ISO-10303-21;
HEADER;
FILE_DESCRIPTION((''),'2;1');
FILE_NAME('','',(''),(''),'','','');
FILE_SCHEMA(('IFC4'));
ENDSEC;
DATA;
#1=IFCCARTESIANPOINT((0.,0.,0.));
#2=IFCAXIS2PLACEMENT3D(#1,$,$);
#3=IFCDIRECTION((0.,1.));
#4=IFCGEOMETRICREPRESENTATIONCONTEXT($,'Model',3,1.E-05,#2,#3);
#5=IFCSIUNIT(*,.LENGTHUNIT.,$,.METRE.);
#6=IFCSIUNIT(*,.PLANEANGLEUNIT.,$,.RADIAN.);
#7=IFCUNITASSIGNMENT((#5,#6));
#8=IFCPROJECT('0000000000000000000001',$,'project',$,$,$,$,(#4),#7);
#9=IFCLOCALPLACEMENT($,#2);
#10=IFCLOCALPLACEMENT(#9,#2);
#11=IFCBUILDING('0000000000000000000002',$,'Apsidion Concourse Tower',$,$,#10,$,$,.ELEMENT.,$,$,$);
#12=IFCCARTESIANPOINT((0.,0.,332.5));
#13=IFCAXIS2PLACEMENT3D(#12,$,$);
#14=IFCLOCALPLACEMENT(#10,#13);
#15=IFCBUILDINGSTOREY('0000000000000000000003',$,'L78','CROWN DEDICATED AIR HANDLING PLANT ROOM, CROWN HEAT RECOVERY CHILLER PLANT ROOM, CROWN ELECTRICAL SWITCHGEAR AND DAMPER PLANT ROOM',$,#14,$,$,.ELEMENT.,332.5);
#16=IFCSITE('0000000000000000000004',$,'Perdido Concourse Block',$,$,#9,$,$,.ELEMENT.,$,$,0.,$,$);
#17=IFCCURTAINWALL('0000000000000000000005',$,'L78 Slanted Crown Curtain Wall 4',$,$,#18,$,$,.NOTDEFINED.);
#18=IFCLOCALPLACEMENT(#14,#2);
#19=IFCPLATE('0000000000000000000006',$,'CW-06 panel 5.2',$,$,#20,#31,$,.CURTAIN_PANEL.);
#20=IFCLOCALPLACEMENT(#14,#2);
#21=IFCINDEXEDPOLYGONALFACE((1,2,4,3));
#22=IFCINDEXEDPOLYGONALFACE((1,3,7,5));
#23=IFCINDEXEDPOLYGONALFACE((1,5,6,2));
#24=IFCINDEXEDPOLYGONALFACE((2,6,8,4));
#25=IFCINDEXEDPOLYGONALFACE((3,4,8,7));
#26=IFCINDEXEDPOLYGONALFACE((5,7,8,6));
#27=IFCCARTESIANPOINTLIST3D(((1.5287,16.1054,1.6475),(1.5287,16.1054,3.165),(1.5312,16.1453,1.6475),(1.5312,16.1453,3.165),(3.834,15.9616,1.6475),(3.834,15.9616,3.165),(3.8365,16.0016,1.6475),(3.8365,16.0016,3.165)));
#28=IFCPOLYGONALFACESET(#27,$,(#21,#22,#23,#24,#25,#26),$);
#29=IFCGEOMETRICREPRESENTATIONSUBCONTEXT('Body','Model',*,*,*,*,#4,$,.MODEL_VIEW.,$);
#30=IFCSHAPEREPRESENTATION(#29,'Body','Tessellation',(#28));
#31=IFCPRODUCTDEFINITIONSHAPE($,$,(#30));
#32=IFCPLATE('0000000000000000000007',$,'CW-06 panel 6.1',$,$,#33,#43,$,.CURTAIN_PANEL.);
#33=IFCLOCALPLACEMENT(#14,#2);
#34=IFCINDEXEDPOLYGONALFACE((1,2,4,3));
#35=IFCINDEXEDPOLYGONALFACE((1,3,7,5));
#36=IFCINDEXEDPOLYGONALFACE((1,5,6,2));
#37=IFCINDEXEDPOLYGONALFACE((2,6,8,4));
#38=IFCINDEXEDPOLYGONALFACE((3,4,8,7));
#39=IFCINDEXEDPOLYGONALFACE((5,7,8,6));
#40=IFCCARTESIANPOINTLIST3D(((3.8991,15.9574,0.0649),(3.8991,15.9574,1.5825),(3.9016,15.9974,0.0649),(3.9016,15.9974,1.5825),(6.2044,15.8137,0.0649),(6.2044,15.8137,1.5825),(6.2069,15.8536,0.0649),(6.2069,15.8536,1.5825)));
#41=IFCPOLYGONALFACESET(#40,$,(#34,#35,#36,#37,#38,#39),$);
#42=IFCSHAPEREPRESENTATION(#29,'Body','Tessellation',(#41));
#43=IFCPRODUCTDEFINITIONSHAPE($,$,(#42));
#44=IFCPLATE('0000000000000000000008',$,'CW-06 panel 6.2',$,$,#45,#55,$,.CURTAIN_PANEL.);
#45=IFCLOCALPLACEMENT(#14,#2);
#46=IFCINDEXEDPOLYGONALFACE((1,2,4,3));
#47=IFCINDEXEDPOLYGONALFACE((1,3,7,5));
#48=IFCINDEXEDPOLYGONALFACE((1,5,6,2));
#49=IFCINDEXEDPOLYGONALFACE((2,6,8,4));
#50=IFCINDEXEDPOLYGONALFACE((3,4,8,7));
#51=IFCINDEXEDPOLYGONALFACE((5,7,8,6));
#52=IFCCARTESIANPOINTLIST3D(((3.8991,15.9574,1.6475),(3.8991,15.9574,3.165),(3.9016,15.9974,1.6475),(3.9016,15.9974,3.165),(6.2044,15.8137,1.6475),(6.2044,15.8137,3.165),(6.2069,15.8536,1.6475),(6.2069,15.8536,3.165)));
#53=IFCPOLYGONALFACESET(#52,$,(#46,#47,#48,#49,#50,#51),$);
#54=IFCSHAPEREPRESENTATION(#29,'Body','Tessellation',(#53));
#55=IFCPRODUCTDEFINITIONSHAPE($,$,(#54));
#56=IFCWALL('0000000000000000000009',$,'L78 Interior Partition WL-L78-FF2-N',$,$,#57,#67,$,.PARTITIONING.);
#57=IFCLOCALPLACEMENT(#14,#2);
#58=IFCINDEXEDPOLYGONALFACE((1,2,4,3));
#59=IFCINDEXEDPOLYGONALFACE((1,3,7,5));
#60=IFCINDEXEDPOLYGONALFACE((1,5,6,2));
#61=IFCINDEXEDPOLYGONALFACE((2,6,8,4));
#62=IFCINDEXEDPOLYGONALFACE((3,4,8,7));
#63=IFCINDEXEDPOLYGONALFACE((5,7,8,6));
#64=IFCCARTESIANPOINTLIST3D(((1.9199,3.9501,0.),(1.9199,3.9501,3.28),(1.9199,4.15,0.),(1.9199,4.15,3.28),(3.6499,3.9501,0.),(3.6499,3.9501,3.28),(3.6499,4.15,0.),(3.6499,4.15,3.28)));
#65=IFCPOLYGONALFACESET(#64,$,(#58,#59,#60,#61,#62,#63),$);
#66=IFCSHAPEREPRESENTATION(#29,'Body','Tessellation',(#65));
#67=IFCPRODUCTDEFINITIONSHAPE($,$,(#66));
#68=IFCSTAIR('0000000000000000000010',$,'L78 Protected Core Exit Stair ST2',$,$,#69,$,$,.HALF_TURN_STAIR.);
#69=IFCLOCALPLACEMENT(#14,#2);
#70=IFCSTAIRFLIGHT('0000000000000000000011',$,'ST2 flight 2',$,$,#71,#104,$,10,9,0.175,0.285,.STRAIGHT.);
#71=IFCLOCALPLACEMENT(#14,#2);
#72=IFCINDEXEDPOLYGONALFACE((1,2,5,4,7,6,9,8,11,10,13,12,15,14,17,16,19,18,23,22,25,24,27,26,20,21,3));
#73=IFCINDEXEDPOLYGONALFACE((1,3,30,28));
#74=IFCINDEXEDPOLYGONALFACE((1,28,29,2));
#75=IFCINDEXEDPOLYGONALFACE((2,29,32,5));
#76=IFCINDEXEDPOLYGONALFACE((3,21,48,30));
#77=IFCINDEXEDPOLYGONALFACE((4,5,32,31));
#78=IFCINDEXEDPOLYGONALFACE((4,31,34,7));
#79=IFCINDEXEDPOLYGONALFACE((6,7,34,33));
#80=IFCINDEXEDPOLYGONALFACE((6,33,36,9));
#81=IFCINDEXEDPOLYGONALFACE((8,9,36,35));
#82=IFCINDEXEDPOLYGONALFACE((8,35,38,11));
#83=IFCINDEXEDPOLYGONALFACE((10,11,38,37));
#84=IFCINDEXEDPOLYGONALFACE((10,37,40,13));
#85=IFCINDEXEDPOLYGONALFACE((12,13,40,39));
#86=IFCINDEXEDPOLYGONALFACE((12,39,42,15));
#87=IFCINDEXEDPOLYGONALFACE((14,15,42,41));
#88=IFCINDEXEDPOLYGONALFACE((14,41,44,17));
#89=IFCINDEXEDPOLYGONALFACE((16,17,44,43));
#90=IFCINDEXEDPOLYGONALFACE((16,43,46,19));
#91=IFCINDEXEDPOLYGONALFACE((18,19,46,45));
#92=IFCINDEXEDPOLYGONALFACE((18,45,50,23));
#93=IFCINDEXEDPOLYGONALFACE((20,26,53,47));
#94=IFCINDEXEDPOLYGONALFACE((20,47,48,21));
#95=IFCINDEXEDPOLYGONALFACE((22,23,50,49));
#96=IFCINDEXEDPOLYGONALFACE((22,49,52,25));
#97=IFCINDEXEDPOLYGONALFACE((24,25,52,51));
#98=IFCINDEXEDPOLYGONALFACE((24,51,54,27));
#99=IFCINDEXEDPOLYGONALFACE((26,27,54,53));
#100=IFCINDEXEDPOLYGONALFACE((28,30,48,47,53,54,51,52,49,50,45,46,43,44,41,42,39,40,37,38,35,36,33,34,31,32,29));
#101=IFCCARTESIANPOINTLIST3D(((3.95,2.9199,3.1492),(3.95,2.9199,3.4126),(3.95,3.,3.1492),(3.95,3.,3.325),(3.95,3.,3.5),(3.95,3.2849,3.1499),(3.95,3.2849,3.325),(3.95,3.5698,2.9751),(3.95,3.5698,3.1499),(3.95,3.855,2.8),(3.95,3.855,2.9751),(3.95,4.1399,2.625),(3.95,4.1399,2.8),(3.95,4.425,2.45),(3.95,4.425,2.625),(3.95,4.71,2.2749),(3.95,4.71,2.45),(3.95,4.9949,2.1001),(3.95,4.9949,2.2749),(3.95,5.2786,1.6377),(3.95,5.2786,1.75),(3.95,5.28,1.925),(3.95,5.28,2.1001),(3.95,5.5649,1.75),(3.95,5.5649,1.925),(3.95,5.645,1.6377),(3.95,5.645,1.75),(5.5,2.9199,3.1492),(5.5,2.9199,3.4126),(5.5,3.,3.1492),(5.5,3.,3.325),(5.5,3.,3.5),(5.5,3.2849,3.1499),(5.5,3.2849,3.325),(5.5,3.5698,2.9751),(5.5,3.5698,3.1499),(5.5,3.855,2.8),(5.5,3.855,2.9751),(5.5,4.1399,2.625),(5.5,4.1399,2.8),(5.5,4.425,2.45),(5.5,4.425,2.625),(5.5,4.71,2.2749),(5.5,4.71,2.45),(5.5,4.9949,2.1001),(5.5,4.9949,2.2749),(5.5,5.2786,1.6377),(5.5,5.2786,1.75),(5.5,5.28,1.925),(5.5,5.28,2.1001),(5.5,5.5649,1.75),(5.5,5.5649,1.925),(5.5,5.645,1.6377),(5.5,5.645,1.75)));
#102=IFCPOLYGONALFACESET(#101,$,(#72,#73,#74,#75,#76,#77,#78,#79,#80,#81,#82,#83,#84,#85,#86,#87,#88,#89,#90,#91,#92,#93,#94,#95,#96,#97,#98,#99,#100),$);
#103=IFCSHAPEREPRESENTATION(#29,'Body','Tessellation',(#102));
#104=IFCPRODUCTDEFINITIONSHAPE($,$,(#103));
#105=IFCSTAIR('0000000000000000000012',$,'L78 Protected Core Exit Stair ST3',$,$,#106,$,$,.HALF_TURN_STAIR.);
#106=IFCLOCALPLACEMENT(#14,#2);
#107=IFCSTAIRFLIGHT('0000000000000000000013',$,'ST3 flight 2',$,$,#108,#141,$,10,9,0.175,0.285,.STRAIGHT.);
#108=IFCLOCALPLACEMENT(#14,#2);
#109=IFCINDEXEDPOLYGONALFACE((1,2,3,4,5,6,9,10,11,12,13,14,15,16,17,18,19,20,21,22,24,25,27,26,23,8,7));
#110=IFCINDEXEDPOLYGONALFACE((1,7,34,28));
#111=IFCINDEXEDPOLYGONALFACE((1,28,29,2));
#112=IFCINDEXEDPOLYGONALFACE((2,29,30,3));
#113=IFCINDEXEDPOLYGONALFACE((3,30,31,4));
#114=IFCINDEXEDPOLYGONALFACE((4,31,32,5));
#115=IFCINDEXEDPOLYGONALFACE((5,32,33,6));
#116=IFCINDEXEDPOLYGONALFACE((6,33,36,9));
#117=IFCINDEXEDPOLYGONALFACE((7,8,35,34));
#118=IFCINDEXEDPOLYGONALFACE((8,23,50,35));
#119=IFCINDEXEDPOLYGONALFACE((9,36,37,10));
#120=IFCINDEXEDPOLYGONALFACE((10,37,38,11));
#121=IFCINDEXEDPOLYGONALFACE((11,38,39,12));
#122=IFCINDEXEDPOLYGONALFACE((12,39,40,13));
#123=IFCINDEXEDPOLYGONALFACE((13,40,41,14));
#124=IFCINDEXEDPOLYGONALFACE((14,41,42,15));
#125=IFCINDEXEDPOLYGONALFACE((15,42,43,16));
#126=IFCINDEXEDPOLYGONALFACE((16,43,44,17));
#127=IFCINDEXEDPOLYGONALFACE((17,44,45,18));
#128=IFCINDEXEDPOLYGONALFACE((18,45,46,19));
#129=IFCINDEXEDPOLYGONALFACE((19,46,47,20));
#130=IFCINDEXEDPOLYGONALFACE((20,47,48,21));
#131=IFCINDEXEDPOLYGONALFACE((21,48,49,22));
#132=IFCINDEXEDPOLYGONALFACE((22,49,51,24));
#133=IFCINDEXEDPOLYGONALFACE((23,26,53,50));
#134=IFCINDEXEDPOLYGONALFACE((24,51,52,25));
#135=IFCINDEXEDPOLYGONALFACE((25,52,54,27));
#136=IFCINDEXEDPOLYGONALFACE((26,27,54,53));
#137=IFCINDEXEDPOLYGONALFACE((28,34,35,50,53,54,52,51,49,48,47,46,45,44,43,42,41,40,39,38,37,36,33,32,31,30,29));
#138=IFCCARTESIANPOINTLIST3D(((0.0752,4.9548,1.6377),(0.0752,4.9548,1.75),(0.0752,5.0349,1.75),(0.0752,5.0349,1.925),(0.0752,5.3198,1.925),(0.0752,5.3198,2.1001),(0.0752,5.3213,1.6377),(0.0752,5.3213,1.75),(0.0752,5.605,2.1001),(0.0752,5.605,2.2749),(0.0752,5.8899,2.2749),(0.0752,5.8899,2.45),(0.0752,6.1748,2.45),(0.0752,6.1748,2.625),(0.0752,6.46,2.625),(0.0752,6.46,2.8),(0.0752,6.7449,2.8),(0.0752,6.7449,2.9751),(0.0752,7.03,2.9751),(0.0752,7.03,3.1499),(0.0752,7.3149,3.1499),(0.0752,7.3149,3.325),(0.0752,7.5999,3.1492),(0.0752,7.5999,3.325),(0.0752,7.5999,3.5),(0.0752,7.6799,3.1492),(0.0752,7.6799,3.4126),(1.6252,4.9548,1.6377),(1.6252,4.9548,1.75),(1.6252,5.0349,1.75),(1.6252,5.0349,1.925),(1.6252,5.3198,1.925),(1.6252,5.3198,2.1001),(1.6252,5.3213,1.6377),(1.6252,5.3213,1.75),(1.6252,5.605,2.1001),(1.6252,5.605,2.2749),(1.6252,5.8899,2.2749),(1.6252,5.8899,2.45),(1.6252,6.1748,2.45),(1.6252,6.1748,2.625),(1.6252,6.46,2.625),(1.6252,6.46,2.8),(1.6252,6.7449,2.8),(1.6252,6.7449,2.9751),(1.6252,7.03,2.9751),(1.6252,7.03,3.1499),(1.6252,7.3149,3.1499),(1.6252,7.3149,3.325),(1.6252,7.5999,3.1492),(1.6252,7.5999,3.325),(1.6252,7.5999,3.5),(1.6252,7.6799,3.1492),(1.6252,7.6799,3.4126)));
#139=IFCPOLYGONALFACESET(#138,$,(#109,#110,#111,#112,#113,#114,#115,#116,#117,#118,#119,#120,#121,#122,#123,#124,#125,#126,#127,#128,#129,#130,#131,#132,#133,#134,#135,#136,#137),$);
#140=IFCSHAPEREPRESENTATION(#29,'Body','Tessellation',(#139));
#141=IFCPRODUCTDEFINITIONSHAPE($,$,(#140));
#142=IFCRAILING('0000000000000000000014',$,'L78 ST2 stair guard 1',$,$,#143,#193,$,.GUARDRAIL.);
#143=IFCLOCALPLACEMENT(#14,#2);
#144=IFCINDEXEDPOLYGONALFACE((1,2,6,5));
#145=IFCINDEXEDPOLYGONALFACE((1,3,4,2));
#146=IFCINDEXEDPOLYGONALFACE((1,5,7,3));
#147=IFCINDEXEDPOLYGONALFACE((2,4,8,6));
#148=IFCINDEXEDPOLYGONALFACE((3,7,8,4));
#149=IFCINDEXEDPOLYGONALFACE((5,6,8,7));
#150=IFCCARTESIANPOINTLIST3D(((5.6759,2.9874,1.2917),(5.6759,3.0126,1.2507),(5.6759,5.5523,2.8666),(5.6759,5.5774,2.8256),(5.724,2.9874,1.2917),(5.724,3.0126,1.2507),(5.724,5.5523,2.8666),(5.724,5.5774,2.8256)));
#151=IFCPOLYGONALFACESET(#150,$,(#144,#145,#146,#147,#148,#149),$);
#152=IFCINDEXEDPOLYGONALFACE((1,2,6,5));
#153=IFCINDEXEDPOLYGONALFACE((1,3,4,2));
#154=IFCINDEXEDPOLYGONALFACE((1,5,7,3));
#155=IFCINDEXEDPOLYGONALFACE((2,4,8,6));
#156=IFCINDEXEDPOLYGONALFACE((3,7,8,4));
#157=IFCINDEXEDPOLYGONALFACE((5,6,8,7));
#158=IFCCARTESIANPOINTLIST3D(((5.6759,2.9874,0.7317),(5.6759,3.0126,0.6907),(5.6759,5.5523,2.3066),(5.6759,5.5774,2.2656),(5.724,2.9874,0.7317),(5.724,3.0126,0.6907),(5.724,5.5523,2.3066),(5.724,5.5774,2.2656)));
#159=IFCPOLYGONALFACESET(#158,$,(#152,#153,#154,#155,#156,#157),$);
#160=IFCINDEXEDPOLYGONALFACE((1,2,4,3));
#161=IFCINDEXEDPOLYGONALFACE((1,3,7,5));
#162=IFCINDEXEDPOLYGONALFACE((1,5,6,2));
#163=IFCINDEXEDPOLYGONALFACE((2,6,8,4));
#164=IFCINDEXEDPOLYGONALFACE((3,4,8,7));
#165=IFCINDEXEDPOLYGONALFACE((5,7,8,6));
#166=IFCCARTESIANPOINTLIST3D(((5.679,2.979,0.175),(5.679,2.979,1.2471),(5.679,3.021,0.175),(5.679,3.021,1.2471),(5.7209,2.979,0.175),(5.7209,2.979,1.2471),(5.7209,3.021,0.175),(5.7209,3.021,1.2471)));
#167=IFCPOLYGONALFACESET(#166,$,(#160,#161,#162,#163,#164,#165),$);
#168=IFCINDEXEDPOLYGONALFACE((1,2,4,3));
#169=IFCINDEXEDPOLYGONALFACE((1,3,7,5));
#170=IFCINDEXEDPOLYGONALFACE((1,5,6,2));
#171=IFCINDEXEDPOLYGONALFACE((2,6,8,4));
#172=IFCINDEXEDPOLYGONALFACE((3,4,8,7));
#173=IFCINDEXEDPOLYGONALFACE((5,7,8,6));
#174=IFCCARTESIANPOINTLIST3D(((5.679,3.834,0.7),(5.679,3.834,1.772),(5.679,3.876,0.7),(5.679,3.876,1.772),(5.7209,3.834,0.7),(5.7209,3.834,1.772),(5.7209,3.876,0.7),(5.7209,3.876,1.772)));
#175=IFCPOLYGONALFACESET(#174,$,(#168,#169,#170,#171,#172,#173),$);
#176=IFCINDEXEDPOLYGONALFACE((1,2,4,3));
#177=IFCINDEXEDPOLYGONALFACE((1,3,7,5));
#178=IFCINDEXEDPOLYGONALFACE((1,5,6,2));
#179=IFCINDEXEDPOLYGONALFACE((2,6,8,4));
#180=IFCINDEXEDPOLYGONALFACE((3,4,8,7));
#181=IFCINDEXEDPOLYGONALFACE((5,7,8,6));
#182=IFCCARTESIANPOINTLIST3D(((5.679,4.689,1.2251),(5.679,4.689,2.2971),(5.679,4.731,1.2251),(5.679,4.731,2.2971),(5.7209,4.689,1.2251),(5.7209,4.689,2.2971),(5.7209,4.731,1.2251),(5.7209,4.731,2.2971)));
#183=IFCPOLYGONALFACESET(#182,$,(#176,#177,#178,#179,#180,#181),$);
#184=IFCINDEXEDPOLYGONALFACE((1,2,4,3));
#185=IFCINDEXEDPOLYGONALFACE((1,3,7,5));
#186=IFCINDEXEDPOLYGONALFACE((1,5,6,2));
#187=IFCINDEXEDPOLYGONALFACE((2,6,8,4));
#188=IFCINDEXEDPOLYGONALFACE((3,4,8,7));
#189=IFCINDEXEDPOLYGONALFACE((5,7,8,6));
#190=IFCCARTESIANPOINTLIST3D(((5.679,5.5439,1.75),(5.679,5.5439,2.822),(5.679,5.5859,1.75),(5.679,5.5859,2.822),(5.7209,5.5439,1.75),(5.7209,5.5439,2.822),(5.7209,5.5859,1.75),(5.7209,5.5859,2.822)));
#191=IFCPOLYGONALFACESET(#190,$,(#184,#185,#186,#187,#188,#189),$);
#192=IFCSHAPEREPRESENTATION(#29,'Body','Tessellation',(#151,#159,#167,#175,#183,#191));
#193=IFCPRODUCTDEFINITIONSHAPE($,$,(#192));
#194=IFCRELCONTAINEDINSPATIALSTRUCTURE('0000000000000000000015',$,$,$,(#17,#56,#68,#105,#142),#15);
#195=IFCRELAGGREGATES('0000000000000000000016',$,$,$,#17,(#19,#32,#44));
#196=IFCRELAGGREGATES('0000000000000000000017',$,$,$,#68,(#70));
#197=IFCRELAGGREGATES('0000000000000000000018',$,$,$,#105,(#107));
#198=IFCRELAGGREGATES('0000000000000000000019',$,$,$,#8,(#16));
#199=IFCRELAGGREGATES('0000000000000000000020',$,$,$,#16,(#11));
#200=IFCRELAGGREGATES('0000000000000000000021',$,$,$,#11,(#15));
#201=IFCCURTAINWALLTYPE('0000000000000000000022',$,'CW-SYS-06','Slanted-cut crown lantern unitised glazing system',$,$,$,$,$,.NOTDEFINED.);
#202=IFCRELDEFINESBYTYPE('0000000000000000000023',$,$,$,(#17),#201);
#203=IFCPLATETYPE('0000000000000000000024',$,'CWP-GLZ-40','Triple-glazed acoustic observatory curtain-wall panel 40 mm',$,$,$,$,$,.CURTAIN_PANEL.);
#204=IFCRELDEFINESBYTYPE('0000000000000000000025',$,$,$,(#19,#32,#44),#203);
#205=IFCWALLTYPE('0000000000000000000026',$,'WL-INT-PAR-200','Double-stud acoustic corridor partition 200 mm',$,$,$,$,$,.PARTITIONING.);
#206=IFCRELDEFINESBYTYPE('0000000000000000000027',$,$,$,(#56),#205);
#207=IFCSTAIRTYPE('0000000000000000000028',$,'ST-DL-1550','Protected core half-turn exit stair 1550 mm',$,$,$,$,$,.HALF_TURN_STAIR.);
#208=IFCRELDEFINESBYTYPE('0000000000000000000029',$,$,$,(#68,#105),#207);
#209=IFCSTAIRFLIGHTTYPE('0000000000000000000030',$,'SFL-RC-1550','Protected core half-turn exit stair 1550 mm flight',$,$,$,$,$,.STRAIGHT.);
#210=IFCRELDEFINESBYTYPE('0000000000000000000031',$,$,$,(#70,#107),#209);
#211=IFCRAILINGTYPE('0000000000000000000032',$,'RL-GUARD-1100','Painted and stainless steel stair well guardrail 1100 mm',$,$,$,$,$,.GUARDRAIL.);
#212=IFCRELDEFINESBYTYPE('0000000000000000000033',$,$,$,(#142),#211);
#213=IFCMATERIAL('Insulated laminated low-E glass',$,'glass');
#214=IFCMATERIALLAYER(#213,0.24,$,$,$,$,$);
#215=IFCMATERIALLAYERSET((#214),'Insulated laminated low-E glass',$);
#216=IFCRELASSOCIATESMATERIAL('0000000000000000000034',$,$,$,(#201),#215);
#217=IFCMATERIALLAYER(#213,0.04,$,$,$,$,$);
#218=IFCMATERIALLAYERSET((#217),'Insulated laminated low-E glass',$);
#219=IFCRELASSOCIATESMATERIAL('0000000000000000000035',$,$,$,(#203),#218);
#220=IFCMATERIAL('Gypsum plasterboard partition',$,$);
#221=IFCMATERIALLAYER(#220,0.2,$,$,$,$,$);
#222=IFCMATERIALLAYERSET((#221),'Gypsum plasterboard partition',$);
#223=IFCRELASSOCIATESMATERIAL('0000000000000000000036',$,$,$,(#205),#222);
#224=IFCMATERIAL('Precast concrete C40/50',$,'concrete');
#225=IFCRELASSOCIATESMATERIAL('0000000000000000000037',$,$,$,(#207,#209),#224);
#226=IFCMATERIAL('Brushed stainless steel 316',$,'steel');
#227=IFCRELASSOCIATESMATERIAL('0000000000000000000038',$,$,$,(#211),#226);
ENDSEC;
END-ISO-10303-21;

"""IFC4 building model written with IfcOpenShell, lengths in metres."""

from ifc_helpers import new_model, si_unit, direction, frame, frame_2d, origin, origin_2d, place, context, subcontext, project, spatial, polyline, rectangle, outline, extrude, material, layer, layer_set, type_object, element, aggregate, save


model = new_model("IFC4")

# Units and contexts
model_context = context("Model", 3, precision=1e-05, world=origin(), true_north=direction((0.0, 1.0)))
body_context = subcontext(model_context, "Body", "Model", "MODEL_VIEW")
ifc_project = project(units=[si_unit("LENGTHUNIT", "METRE"), si_unit("PLANEANGLEUNIT", "RADIAN")], contexts=[model_context])

# Site, building, storey
site_placement = place(None, origin())
site = spatial("IfcSite", under=ifc_project, at=site_placement, Name="Perdido Concourse Block", CompositionType="ELEMENT", RefElevation=0.0)
building_placement = place(site_placement, origin())
building = spatial("IfcBuilding", under=site, at=building_placement, Name="Apsidion Concourse Tower", CompositionType="ELEMENT")
storey_placement = place(building_placement, frame((0.0, 0.0, 332.5)))
storey = spatial("IfcBuildingStorey", under=building, at=storey_placement, Name="L78", Description="CROWN DEDICATED AIR HANDLING PLANT ROOM, CROWN HEAT RECOVERY CHILLER PLANT ROOM, CROWN ELECTRICAL SWITCHGEAR AND DAMPER PLANT ROOM", CompositionType="ELEMENT", Elevation=332.5)

# Curtain wall, plates
ifc_material_1 = material(Name="Insulated laminated low-E glass", Category="glass")
ifc_layer_1 = layer(ifc_material_1, 0.24)
ifc_layer_set_1 = layer_set([ifc_layer_1], Name="Insulated laminated low-E glass")
curtain_wall_type = type_object("IfcCurtainWallType", Name="CW-SYS-06", Description="Slanted-cut crown lantern unitised glazing system", PredefinedType="NOTDEFINED", material=ifc_layer_set_1)
curtain_wall_placement = place(storey_placement, origin())
curtain_wall = element("IfcCurtainWall", 1, at=curtain_wall_placement, inside=storey, type_object=curtain_wall_type, Name="L78 Slanted Crown Curtain Wall 4", PredefinedType="NOTDEFINED")
ifc_layer_2 = layer(ifc_material_1, 0.04)
ifc_layer_set_2 = layer_set([ifc_layer_2], Name="Insulated laminated low-E glass")
plate_type = type_object("IfcPlateType", Name="CWP-GLZ-40", Description="Triple-glazed acoustic observatory curtain-wall panel 40 mm", PredefinedType="CURTAIN_PANEL", material=ifc_layer_set_2)
plate_1_placement = place(storey_placement, frame((2.6826, 16.0535, 1.6475), z_axis=(0.0, 0.0, 1.0), x_axis=(0.998061, -0.062245, 0.0)))
plate_1 = element("IfcPlate", 2, at=plate_1_placement, type_object=plate_type, Name="CW-06 panel 5.2", PredefinedType="CURTAIN_PANEL", context=body_context, shape_type="SweptSolid", body=[
    extrude(rectangle(XDim=2.3098, YDim=0.04, at=origin_2d()), origin(), (0.0, 0.0, 1.0), 1.5176),
])
plate_2_placement = place(storey_placement, frame((5.053, 15.9055, 0.0649), z_axis=(0.0, 0.0, 1.0), x_axis=(0.998061, -0.062245, 0.0)))
plate_2 = element("IfcPlate", 3, at=plate_2_placement, type_object=plate_type, Name="CW-06 panel 6.1", PredefinedType="CURTAIN_PANEL", context=body_context, shape_type="SweptSolid", body=[
    extrude(rectangle(XDim=2.3098, YDim=0.04, at=origin_2d()), origin(), (0.0, 0.0, 1.0), 1.5176),
])
plate_3_placement = place(storey_placement, frame((5.053, 15.9055, 1.6475), z_axis=(0.0, 0.0, 1.0), x_axis=(0.998061, -0.062245, 0.0)))
plate_3 = element("IfcPlate", 4, at=plate_3_placement, type_object=plate_type, Name="CW-06 panel 6.2", PredefinedType="CURTAIN_PANEL", context=body_context, shape_type="SweptSolid", body=[
    extrude(rectangle(XDim=2.3098, YDim=0.04, at=origin_2d()), origin(), (0.0, 0.0, 1.0), 1.5176),
])
aggregate(curtain_wall, [plate_1, plate_2, plate_3])

# Wall
ifc_material_2 = material(Name="Gypsum plasterboard partition")
ifc_layer_3 = layer(ifc_material_2, 0.2)
ifc_layer_set_3 = layer_set([ifc_layer_3], Name="Gypsum plasterboard partition")
wall_type = type_object("IfcWallType", Name="WL-INT-PAR-200", Description="Double-stud acoustic corridor partition 200 mm", PredefinedType="PARTITIONING", material=ifc_layer_set_3)
wall_placement = place(storey_placement, frame((1.9199, 4.05, 0.0), z_axis=(0.0, 0.0, 1.0), x_axis=(1.0, 0.0, 0.0)))
element("IfcWall", 5, at=wall_placement, inside=storey, type_object=wall_type, Name="L78 Interior Partition WL-L78-FF2-N", PredefinedType="PARTITIONING", context=body_context, shape_type="SweptSolid", body=[
    extrude(rectangle(XDim=1.73, YDim=0.2, at=frame_2d((0.865, 0.0))), origin(), (0.0, 0.0, 1.0), 3.28),
])

# Stairs, stair flights
ifc_material_3 = material(Name="Precast concrete C40/50", Category="concrete")
stair_type = type_object("IfcStairType", Name="ST-DL-1550", Description="Protected core half-turn exit stair 1550 mm", PredefinedType="HALF_TURN_STAIR", material=ifc_material_3)
stair_1_placement = place(storey_placement, origin())
stair_1 = element("IfcStair", 6, at=stair_1_placement, inside=storey, type_object=stair_type, Name="L78 Protected Core Exit Stair ST2", PredefinedType="HALF_TURN_STAIR")
stair_flight_type = type_object("IfcStairFlightType", Name="SFL-RC-1550", Description="Protected core half-turn exit stair 1550 mm flight", PredefinedType="STRAIGHT", material=ifc_material_3)
stair_flight_1_placement = place(storey_placement, frame((4.7251, 5.5649, 1.75), z_axis=(0.0, 0.0, 1.0), x_axis=(0.0, -1.0, 0.0)))
stair_flight_1 = element("IfcStairFlight", 7, at=stair_flight_1_placement, type_object=stair_flight_type, Name="ST2 flight 2", NumberOfRisers=10, NumberOfTreads=9, PredefinedType="STRAIGHT", RiserHeight=0.175, TreadLength=0.285, context=body_context, shape_type="SweptSolid", body=[
    extrude(outline(polyline([(-0.0801, -0.1123), (-0.0801, 0.0), (0.0, 0.0), (0.0, 0.175), (0.2849, 0.175), (0.2849, 0.3501), (0.5701, 0.3501), (0.5701, 0.5249), (0.855, 0.5249), (0.855, 0.7), (1.1399, 0.7), (1.1399, 0.875), (1.425, 0.875), (1.425, 1.05), (1.71, 1.05), (1.71, 1.2251), (1.9951, 1.2251), (1.9951, 1.3999), (2.28, 1.3999), (2.28, 1.575), (2.5649, 1.575), (2.5649, 1.75), (2.645, 1.6626), (2.645, 1.3992), (2.5649, 1.3992), (0.2864, 0.0), (0.2864, -0.1123), (-0.0801, -0.1123)])), frame((0.0, 0.7749, 0.0), z_axis=(0.0, -1.0, 0.0), x_axis=(1.0, 0.0, 0.0)), (0.0, 0.0, 1.0), 1.55),
])
aggregate(stair_1, [stair_flight_1])
stair_2_placement = place(storey_placement, origin())
stair_2 = element("IfcStair", 8, at=stair_2_placement, inside=storey, type_object=stair_type, Name="L78 Protected Core Exit Stair ST3", PredefinedType="HALF_TURN_STAIR")
stair_flight_2_placement = place(storey_placement, frame((0.8501, 5.0349, 1.75), z_axis=(0.0, 0.0, 1.0), x_axis=(0.0, 1.0, 0.0)))
stair_flight_2 = element("IfcStairFlight", 9, at=stair_flight_2_placement, type_object=stair_flight_type, Name="ST3 flight 2", NumberOfRisers=10, NumberOfTreads=9, PredefinedType="STRAIGHT", RiserHeight=0.175, TreadLength=0.285, context=body_context, shape_type="SweptSolid", body=[
    extrude(outline(polyline([(-0.0801, -0.1123), (-0.0801, 0.0), (0.0, 0.0), (0.0, 0.175), (0.2849, 0.175), (0.2849, 0.3501), (0.5701, 0.3501), (0.5701, 0.5249), (0.855, 0.5249), (0.855, 0.7), (1.1399, 0.7), (1.1399, 0.875), (1.425, 0.875), (1.425, 1.05), (1.71, 1.05), (1.71, 1.2251), (1.9951, 1.2251), (1.9951, 1.3999), (2.28, 1.3999), (2.28, 1.575), (2.5649, 1.575), (2.5649, 1.75), (2.645, 1.6626), (2.645, 1.3992), (2.5649, 1.3992), (0.2864, 0.0), (0.2864, -0.1123), (-0.0801, -0.1123)])), frame((0.0, 0.7749, 0.0), z_axis=(0.0, -1.0, 0.0), x_axis=(1.0, 0.0, 0.0)), (0.0, 0.0, 1.0), 1.55),
])
aggregate(stair_2, [stair_flight_2])

# Railing
ifc_material_4 = material(Name="Brushed stainless steel 316", Category="steel")
railing_type_1 = type_object("IfcRailingType", Name="RL-GUARD-1100", Description="Painted and stainless steel stair well guardrail 1100 mm", PredefinedType="GUARDRAIL", material=ifc_material_4)
railing_1_placement = place(storey_placement, frame((5.7, 3.0, 0.175)))
element("IfcRailing", 10, at=railing_1_placement, inside=storey, type_object=railing_type_1, Name="L78 ST2 stair guard 1", PredefinedType="GUARDRAIL", context=body_context, shape_type="SweptSolid", body=[
    extrude(rectangle(XDim=0.0481, YDim=0.0481, at=origin_2d()), frame((0.0, 0.0, 1.0962), z_axis=(0.0, 0.852173, 0.52326), x_axis=(-1.0, 0.0, 0.0)), (0.0, 0.0, 1.0), 3.0098),
    extrude(rectangle(XDim=0.0481, YDim=0.0481, at=origin_2d()), frame((0.0, 0.0, 0.5361), z_axis=(0.0, 0.852173, 0.52326), x_axis=(-1.0, 0.0, 0.0)), (0.0, 0.0, 1.0), 3.0098),
    extrude(rectangle(XDim=0.042, YDim=0.042, at=origin_2d()), origin(), (0.0, 0.0, 1.0), 1.072),
    extrude(rectangle(XDim=0.042, YDim=0.042, at=origin_2d()), frame((0.0, 0.855, 0.5249)), (0.0, 0.0, 1.0), 1.072),
    extrude(rectangle(XDim=0.042, YDim=0.042, at=origin_2d()), frame((0.0, 1.71, 1.05)), (0.0, 0.0, 1.0), 1.072),
    extrude(rectangle(XDim=0.042, YDim=0.042, at=origin_2d()), frame((0.0, 2.5649, 1.575)), (0.0, 0.0, 1.0), 1.072),
])

save(model, "model.ifc")
